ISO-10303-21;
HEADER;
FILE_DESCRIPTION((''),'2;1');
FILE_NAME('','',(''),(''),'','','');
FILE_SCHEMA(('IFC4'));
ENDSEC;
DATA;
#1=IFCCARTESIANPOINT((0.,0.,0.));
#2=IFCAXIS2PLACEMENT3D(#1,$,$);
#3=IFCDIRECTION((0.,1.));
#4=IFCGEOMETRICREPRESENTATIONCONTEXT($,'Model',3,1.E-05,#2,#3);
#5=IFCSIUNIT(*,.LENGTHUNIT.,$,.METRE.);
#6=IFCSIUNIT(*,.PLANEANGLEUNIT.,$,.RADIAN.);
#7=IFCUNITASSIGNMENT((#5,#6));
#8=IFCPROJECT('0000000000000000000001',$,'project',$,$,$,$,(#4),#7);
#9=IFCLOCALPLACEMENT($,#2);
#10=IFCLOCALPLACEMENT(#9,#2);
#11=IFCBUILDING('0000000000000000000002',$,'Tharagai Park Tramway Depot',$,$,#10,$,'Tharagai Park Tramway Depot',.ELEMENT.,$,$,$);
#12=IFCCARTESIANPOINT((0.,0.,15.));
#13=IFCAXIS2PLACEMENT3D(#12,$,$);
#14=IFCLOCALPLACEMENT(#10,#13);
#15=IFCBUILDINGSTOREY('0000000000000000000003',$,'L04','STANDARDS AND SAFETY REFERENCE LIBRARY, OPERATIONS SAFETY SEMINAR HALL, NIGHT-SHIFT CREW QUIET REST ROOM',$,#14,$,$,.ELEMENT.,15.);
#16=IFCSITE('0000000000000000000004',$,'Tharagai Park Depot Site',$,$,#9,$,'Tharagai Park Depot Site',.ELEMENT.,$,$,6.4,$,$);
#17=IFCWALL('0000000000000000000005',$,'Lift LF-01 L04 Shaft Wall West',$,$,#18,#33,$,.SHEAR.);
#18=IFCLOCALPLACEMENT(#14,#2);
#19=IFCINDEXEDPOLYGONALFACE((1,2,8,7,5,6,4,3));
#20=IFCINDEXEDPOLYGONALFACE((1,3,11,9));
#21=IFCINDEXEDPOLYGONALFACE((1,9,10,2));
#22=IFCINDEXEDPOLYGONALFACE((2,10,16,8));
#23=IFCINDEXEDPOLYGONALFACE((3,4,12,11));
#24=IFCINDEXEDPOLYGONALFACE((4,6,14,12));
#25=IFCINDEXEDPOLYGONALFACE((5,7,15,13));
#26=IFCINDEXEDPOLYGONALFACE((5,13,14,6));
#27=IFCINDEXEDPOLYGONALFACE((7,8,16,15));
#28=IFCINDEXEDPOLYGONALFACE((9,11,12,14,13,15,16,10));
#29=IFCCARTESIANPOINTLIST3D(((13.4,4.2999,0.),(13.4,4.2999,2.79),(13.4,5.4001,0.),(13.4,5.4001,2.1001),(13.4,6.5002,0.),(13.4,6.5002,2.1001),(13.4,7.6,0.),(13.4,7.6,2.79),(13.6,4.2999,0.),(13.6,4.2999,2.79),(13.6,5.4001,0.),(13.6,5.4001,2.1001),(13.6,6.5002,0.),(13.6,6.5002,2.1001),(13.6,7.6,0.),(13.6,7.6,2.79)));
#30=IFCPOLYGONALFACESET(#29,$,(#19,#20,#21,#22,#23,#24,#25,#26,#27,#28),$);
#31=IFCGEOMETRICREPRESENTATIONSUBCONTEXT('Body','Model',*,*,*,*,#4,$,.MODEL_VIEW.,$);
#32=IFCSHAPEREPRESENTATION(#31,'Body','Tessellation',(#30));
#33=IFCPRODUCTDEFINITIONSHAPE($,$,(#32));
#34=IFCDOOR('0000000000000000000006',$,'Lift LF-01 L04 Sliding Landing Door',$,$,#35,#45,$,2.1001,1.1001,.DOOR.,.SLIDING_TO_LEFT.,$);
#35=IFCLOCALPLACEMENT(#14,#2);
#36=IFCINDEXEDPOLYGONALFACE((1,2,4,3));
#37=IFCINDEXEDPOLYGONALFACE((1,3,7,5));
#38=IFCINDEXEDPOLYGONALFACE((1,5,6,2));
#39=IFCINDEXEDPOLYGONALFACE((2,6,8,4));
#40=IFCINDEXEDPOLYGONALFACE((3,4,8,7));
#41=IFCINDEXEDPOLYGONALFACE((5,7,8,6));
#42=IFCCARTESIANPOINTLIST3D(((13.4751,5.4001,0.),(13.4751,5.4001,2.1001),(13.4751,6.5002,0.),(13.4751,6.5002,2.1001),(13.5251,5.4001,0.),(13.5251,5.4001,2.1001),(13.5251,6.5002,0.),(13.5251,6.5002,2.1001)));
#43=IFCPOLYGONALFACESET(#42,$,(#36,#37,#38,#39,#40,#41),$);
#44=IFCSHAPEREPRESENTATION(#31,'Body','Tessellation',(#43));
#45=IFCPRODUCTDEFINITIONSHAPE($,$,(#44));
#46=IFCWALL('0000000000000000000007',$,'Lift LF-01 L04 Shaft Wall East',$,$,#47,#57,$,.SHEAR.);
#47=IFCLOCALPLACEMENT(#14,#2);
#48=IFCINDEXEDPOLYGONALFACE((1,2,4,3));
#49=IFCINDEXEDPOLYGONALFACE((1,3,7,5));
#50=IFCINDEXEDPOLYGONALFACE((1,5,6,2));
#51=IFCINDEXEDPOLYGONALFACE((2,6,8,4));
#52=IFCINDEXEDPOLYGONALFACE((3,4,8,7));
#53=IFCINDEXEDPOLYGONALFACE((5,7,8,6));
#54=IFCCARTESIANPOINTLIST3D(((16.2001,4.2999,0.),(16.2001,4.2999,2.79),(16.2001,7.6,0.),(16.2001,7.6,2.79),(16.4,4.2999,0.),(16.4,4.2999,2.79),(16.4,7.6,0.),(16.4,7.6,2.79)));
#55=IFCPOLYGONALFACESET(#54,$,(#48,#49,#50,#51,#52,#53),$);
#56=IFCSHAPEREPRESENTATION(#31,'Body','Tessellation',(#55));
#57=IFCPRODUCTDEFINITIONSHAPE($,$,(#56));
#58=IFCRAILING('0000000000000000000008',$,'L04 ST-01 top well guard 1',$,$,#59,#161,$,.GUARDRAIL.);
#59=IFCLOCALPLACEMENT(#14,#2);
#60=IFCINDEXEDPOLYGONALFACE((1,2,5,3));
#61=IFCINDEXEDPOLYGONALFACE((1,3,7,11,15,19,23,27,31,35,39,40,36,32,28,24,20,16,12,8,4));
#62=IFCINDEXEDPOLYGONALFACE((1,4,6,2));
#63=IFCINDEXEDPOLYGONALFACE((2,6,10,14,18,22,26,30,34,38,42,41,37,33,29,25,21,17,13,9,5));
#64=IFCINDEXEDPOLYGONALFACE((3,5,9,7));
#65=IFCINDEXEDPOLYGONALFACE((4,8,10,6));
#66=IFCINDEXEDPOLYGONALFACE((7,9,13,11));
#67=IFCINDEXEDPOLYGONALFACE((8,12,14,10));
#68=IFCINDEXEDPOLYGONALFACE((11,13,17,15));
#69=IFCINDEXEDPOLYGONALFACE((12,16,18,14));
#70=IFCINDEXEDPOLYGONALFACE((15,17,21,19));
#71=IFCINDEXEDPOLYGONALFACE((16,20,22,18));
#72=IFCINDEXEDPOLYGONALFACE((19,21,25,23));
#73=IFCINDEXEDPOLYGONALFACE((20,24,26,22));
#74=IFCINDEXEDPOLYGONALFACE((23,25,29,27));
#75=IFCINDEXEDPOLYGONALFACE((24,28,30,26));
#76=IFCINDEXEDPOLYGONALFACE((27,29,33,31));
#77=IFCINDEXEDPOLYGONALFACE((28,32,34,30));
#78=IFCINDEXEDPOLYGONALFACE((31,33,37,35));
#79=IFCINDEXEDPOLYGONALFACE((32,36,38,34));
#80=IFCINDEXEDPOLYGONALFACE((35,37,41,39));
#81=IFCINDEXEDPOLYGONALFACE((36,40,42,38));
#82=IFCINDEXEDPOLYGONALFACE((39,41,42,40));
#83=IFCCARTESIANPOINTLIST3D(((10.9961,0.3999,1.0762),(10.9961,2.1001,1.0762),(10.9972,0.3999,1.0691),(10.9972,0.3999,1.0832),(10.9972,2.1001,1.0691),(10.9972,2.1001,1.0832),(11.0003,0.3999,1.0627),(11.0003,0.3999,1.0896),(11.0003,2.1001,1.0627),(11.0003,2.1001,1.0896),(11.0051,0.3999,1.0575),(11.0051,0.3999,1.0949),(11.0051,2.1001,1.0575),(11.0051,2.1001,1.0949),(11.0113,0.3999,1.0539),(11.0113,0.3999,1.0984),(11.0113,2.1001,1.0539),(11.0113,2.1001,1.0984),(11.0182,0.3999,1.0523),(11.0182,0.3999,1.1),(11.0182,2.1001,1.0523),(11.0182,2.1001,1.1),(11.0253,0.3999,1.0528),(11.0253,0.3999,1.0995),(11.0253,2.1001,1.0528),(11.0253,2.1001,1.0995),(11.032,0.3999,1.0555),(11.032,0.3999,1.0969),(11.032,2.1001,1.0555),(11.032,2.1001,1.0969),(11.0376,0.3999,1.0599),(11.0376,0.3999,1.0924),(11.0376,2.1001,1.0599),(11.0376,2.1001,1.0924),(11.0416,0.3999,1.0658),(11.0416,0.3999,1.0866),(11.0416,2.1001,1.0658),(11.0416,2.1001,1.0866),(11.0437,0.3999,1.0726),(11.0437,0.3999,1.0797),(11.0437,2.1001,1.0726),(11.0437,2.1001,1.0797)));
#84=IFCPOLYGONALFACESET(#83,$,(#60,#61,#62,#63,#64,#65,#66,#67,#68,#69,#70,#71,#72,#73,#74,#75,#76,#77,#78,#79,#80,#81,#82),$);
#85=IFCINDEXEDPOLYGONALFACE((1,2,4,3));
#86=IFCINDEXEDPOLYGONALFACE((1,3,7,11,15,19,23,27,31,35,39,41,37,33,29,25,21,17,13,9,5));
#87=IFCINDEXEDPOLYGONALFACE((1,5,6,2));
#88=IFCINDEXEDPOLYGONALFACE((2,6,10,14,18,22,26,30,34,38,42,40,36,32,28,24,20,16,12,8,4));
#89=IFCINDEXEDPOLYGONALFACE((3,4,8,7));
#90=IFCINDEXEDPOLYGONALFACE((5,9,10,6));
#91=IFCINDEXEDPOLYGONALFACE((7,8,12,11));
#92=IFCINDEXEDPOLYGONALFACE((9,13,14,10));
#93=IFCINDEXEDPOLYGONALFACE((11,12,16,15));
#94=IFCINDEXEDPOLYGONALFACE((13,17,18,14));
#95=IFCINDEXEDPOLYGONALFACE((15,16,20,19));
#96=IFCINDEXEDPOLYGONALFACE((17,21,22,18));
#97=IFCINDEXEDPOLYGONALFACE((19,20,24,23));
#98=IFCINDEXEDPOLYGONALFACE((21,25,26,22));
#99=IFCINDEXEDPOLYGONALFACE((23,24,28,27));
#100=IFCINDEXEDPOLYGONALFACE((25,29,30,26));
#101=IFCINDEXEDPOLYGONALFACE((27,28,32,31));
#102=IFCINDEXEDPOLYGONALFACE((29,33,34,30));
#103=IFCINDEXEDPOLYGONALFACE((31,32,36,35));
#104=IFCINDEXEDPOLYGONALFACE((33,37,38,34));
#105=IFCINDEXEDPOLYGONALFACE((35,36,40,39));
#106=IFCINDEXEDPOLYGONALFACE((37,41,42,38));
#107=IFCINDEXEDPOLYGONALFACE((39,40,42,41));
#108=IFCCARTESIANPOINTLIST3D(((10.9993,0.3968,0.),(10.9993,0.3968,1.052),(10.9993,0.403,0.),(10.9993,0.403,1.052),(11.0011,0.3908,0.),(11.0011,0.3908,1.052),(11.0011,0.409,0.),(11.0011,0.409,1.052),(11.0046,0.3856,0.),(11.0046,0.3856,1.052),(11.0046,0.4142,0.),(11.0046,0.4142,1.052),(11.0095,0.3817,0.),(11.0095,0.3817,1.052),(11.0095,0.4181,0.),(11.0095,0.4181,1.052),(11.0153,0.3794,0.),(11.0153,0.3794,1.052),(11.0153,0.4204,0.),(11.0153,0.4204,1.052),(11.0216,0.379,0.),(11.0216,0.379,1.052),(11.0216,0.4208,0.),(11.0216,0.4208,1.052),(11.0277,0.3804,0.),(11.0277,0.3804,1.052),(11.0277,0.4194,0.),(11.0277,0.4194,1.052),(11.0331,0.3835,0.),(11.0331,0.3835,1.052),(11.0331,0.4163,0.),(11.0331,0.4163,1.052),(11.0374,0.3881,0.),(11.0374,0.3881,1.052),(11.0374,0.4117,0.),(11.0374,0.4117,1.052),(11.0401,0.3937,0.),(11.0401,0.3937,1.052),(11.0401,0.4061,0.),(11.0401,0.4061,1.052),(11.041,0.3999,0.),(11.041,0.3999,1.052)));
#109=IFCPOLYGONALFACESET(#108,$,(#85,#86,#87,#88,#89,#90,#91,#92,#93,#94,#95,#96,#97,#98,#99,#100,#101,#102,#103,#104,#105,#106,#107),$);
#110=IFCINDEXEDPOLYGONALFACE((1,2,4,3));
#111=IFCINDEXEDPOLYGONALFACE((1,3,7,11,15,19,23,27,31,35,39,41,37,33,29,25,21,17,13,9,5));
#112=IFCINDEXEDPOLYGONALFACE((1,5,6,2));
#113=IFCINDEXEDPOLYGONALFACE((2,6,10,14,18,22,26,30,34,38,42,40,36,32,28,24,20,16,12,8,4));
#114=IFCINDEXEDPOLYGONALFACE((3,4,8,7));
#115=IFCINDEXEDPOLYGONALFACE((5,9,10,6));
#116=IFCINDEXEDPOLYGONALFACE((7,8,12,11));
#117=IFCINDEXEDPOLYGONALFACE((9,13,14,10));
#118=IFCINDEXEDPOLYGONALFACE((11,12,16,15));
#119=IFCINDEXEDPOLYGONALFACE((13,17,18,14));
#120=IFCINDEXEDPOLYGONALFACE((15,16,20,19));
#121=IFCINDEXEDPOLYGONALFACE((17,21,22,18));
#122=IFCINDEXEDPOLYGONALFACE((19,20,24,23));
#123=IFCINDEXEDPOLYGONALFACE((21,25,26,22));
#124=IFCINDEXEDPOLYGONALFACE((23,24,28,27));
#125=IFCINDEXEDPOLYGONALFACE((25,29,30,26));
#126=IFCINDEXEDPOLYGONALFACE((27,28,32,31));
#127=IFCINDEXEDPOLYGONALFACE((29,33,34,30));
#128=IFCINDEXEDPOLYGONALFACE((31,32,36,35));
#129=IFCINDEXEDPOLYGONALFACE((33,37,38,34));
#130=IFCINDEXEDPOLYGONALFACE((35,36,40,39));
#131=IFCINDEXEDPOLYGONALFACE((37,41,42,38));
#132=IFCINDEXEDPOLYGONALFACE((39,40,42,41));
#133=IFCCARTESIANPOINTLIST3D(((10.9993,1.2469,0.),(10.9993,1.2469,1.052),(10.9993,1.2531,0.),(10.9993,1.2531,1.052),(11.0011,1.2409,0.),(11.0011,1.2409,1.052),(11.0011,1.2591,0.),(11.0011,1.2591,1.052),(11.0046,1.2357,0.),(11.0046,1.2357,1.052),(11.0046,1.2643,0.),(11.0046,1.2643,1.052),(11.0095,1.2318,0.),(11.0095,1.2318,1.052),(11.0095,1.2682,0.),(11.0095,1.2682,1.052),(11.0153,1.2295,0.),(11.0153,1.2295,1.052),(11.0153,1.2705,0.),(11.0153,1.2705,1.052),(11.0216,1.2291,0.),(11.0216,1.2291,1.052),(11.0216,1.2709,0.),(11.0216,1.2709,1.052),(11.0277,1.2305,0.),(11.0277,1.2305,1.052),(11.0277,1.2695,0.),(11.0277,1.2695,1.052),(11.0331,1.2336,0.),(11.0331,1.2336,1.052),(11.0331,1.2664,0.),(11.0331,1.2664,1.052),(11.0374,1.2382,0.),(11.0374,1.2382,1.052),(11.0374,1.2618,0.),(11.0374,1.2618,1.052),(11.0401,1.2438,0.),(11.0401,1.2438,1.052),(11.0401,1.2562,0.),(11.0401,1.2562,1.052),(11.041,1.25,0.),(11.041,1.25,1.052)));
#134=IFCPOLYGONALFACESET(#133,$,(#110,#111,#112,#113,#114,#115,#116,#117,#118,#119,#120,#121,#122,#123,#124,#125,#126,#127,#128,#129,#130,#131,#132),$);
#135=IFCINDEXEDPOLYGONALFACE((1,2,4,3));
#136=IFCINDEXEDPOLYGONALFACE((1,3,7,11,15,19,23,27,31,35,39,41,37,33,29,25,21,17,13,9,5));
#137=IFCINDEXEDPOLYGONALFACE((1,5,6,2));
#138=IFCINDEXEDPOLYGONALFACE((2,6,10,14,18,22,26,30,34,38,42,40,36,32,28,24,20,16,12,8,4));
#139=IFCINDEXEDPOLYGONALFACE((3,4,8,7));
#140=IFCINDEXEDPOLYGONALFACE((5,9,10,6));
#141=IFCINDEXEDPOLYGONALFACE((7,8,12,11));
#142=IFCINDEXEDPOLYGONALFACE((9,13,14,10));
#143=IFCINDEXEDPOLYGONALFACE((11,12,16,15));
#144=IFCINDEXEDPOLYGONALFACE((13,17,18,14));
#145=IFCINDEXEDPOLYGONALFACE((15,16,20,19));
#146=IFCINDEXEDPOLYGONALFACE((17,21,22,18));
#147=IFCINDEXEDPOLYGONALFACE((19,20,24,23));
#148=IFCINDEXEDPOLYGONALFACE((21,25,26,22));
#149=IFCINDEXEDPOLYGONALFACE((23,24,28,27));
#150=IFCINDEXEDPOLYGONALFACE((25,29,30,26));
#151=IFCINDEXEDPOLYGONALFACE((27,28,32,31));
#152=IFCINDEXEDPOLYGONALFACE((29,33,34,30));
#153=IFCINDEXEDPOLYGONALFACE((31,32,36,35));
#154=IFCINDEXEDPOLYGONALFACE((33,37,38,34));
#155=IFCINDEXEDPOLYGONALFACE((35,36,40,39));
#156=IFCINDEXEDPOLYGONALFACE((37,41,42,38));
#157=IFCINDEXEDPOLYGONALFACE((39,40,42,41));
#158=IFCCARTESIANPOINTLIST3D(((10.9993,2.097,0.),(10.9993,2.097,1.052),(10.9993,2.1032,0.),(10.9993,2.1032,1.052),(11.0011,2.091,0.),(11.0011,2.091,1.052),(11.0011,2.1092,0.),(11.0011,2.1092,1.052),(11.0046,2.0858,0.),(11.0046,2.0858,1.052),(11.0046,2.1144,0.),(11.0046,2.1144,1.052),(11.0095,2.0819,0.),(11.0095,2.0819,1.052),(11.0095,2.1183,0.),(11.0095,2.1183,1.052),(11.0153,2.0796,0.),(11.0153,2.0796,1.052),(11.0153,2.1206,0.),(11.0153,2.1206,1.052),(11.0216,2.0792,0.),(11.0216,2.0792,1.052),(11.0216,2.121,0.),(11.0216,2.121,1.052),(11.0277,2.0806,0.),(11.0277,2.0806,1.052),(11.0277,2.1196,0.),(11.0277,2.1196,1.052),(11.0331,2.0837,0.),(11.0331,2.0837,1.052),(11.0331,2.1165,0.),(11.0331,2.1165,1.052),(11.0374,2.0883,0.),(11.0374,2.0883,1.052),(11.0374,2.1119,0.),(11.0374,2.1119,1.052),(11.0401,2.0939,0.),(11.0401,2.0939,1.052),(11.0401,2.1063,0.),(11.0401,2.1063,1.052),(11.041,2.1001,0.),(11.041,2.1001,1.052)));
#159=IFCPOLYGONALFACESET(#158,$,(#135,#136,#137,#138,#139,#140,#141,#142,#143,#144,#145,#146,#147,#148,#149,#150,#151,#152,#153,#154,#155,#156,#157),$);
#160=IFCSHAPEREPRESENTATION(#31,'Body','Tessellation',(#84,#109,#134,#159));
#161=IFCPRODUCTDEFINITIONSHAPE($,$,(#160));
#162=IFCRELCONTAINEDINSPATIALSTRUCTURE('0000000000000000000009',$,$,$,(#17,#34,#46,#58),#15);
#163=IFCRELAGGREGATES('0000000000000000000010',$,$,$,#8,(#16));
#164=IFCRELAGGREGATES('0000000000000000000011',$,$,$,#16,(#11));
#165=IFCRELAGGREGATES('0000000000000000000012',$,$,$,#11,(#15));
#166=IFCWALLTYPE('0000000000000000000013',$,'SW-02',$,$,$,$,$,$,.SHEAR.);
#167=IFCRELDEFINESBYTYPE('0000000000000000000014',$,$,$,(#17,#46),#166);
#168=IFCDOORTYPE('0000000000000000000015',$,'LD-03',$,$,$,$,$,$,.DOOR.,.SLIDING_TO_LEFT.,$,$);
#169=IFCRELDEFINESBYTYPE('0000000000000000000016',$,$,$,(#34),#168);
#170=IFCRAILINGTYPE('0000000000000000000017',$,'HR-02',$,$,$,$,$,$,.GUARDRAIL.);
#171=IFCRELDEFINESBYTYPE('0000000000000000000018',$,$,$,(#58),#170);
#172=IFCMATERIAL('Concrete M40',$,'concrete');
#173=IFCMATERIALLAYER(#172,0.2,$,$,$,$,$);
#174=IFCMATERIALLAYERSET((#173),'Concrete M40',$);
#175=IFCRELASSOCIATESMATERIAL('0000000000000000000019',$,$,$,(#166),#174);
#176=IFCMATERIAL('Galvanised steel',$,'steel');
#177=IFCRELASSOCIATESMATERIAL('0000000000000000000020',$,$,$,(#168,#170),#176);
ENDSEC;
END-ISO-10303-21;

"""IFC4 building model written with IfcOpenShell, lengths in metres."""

from ifc_helpers import new_model, si_unit, direction, frame, frame_2d, origin, origin_2d, place, context, subcontext, project, spatial, rectangle, circle, extrude, material, layer, layer_set, type_object, element, fill, save


model = new_model("IFC4")

# Units and contexts
model_context = context("Model", 3, precision=1e-05, world=origin(), true_north=direction((0.0, 1.0)))
body_context = subcontext(model_context, "Body", "Model", "MODEL_VIEW")
ifc_project = project(units=[si_unit("LENGTHUNIT", "METRE"), si_unit("PLANEANGLEUNIT", "RADIAN")], contexts=[model_context])

# Site, building, storey
site_placement = place(None, origin())
site = spatial("IfcSite", under=ifc_project, at=site_placement, Name="Tharagai Park Depot Site", LongName="Tharagai Park Depot Site", CompositionType="ELEMENT", RefElevation=6.4)
building_placement = place(site_placement, origin())
building = spatial("IfcBuilding", under=site, at=building_placement, Name="Tharagai Park Tramway Depot", LongName="Tharagai Park Tramway Depot", CompositionType="ELEMENT")
storey_placement = place(building_placement, frame((0.0, 0.0, 15.0)))
storey = spatial("IfcBuildingStorey", under=building, at=storey_placement, Name="L04", Description="STANDARDS AND SAFETY REFERENCE LIBRARY, OPERATIONS SAFETY SEMINAR HALL, NIGHT-SHIFT CREW QUIET REST ROOM", CompositionType="ELEMENT", Elevation=15.0)

# Shared definitions
ifc_material_1 = material(Name="Concrete M40", Category="concrete")

# Shared definitions
ifc_material_2 = material(Name="Galvanised steel", Category="steel")

# Shared definitions
ifc_layer_1 = layer(ifc_material_1, 0.2)
ifc_layer_set_1 = layer_set([ifc_layer_1], Name="Concrete M40")
wall_type_1 = type_object("IfcWallType", Name="SW-02", PredefinedType="SHEAR", material=ifc_layer_set_1)

# Wall, opening, door
wall_1_placement = place(storey_placement, frame((13.5, 4.3, 0.0), z_axis=(0.0, 0.0, 1.0), x_axis=(0.0, 1.0, 0.0)))
wall_1 = element("IfcWall", 1, at=wall_1_placement, inside=storey, type_object=wall_type_1, Name="Lift LF-01 L04 Shaft Wall West", PredefinedType="SHEAR", context=body_context, shape_type="SweptSolid", body=[
    extrude(rectangle(XDim=3.3, YDim=0.2, at=frame_2d((1.6499, 0.0))), origin(), (0.0, 0.0, 1.0), 2.79),
])
opening_1_placement = place(wall_1_placement, frame((1.1001, 0.0, 0.0)))
opening_1 = element("IfcOpeningElement", 2, at=opening_1_placement, cuts=wall_1, PredefinedType="OPENING", context=body_context, shape_type="SweptSolid", body=[
    extrude(rectangle(XDim=1.1001, YDim=2.1001, at=frame_2d((0.55, 1.05))), frame((0.0, 0.1099, 0.0), z_axis=(0.0, -1.0, 0.0), x_axis=(1.0, 0.0, 0.0)), (0.0, 0.0, 1.0), 0.22),
])
door_type_1 = type_object("IfcDoorType", Name="LD-03", OperationType="SLIDING_TO_LEFT", PredefinedType="DOOR", material=ifc_material_2)
door_1_placement = place(opening_1_placement, origin())
door_1 = element("IfcDoor", 3, at=door_1_placement, inside=storey, type_object=door_type_1, Name="Lift LF-01 L04 Sliding Landing Door", OperationType="SLIDING_TO_LEFT", OverallHeight=2.1001, OverallWidth=1.1001, PredefinedType="DOOR", context=body_context, shape_type="SweptSolid", body=[
    extrude(rectangle(XDim=1.1001, YDim=2.1001, at=frame_2d((0.55, 1.05))), frame((0.0, 0.0249, 0.0), z_axis=(0.0, -1.0, 0.0), x_axis=(1.0, 0.0, 0.0)), (0.0, 0.0, 1.0), 0.05),
])
fill(opening_1, door_1)

# Wall
wall_2_placement = place(storey_placement, frame((16.3, 4.3, 0.0), z_axis=(0.0, 0.0, 1.0), x_axis=(0.0, 1.0, 0.0)))
element("IfcWall", 4, at=wall_2_placement, inside=storey, type_object=wall_type_1, Name="Lift LF-01 L04 Shaft Wall East", PredefinedType="SHEAR", context=body_context, shape_type="SweptSolid", body=[
    extrude(rectangle(XDim=3.3, YDim=0.2, at=frame_2d((1.6499, 0.0))), origin(), (0.0, 0.0, 1.0), 2.79),
])

# Railing
railing_type = type_object("IfcRailingType", Name="HR-02", PredefinedType="GUARDRAIL", material=ifc_material_2)
railing_placement = place(storey_placement, frame((11.02, 0.3999, 0.0)))
element("IfcRailing", 5, at=railing_placement, inside=storey, type_object=railing_type, Name="L04 ST-01 top well guard 1", PredefinedType="GUARDRAIL", context=body_context, shape_type="SweptSolid", body=[
    extrude(circle(Radius=0.0239, at=origin_2d()), frame((0.0, 0.0, 1.0762), z_axis=(0.0, 1.0, 0.0), x_axis=(-1.0, 0.0, 0.0)), (0.0, 0.0, 1.0), 1.7002),
    extrude(circle(Radius=0.021, at=origin_2d()), origin(), (0.0, 0.0, 1.0), 1.052),
    extrude(circle(Radius=0.021, at=origin_2d()), frame((0.0, 0.8501, 0.0)), (0.0, 0.0, 1.0), 1.052),
    extrude(circle(Radius=0.021, at=origin_2d()), frame((0.0, 1.7002, 0.0)), (0.0, 0.0, 1.0), 1.052),
])

save(model, "model.ifc")
